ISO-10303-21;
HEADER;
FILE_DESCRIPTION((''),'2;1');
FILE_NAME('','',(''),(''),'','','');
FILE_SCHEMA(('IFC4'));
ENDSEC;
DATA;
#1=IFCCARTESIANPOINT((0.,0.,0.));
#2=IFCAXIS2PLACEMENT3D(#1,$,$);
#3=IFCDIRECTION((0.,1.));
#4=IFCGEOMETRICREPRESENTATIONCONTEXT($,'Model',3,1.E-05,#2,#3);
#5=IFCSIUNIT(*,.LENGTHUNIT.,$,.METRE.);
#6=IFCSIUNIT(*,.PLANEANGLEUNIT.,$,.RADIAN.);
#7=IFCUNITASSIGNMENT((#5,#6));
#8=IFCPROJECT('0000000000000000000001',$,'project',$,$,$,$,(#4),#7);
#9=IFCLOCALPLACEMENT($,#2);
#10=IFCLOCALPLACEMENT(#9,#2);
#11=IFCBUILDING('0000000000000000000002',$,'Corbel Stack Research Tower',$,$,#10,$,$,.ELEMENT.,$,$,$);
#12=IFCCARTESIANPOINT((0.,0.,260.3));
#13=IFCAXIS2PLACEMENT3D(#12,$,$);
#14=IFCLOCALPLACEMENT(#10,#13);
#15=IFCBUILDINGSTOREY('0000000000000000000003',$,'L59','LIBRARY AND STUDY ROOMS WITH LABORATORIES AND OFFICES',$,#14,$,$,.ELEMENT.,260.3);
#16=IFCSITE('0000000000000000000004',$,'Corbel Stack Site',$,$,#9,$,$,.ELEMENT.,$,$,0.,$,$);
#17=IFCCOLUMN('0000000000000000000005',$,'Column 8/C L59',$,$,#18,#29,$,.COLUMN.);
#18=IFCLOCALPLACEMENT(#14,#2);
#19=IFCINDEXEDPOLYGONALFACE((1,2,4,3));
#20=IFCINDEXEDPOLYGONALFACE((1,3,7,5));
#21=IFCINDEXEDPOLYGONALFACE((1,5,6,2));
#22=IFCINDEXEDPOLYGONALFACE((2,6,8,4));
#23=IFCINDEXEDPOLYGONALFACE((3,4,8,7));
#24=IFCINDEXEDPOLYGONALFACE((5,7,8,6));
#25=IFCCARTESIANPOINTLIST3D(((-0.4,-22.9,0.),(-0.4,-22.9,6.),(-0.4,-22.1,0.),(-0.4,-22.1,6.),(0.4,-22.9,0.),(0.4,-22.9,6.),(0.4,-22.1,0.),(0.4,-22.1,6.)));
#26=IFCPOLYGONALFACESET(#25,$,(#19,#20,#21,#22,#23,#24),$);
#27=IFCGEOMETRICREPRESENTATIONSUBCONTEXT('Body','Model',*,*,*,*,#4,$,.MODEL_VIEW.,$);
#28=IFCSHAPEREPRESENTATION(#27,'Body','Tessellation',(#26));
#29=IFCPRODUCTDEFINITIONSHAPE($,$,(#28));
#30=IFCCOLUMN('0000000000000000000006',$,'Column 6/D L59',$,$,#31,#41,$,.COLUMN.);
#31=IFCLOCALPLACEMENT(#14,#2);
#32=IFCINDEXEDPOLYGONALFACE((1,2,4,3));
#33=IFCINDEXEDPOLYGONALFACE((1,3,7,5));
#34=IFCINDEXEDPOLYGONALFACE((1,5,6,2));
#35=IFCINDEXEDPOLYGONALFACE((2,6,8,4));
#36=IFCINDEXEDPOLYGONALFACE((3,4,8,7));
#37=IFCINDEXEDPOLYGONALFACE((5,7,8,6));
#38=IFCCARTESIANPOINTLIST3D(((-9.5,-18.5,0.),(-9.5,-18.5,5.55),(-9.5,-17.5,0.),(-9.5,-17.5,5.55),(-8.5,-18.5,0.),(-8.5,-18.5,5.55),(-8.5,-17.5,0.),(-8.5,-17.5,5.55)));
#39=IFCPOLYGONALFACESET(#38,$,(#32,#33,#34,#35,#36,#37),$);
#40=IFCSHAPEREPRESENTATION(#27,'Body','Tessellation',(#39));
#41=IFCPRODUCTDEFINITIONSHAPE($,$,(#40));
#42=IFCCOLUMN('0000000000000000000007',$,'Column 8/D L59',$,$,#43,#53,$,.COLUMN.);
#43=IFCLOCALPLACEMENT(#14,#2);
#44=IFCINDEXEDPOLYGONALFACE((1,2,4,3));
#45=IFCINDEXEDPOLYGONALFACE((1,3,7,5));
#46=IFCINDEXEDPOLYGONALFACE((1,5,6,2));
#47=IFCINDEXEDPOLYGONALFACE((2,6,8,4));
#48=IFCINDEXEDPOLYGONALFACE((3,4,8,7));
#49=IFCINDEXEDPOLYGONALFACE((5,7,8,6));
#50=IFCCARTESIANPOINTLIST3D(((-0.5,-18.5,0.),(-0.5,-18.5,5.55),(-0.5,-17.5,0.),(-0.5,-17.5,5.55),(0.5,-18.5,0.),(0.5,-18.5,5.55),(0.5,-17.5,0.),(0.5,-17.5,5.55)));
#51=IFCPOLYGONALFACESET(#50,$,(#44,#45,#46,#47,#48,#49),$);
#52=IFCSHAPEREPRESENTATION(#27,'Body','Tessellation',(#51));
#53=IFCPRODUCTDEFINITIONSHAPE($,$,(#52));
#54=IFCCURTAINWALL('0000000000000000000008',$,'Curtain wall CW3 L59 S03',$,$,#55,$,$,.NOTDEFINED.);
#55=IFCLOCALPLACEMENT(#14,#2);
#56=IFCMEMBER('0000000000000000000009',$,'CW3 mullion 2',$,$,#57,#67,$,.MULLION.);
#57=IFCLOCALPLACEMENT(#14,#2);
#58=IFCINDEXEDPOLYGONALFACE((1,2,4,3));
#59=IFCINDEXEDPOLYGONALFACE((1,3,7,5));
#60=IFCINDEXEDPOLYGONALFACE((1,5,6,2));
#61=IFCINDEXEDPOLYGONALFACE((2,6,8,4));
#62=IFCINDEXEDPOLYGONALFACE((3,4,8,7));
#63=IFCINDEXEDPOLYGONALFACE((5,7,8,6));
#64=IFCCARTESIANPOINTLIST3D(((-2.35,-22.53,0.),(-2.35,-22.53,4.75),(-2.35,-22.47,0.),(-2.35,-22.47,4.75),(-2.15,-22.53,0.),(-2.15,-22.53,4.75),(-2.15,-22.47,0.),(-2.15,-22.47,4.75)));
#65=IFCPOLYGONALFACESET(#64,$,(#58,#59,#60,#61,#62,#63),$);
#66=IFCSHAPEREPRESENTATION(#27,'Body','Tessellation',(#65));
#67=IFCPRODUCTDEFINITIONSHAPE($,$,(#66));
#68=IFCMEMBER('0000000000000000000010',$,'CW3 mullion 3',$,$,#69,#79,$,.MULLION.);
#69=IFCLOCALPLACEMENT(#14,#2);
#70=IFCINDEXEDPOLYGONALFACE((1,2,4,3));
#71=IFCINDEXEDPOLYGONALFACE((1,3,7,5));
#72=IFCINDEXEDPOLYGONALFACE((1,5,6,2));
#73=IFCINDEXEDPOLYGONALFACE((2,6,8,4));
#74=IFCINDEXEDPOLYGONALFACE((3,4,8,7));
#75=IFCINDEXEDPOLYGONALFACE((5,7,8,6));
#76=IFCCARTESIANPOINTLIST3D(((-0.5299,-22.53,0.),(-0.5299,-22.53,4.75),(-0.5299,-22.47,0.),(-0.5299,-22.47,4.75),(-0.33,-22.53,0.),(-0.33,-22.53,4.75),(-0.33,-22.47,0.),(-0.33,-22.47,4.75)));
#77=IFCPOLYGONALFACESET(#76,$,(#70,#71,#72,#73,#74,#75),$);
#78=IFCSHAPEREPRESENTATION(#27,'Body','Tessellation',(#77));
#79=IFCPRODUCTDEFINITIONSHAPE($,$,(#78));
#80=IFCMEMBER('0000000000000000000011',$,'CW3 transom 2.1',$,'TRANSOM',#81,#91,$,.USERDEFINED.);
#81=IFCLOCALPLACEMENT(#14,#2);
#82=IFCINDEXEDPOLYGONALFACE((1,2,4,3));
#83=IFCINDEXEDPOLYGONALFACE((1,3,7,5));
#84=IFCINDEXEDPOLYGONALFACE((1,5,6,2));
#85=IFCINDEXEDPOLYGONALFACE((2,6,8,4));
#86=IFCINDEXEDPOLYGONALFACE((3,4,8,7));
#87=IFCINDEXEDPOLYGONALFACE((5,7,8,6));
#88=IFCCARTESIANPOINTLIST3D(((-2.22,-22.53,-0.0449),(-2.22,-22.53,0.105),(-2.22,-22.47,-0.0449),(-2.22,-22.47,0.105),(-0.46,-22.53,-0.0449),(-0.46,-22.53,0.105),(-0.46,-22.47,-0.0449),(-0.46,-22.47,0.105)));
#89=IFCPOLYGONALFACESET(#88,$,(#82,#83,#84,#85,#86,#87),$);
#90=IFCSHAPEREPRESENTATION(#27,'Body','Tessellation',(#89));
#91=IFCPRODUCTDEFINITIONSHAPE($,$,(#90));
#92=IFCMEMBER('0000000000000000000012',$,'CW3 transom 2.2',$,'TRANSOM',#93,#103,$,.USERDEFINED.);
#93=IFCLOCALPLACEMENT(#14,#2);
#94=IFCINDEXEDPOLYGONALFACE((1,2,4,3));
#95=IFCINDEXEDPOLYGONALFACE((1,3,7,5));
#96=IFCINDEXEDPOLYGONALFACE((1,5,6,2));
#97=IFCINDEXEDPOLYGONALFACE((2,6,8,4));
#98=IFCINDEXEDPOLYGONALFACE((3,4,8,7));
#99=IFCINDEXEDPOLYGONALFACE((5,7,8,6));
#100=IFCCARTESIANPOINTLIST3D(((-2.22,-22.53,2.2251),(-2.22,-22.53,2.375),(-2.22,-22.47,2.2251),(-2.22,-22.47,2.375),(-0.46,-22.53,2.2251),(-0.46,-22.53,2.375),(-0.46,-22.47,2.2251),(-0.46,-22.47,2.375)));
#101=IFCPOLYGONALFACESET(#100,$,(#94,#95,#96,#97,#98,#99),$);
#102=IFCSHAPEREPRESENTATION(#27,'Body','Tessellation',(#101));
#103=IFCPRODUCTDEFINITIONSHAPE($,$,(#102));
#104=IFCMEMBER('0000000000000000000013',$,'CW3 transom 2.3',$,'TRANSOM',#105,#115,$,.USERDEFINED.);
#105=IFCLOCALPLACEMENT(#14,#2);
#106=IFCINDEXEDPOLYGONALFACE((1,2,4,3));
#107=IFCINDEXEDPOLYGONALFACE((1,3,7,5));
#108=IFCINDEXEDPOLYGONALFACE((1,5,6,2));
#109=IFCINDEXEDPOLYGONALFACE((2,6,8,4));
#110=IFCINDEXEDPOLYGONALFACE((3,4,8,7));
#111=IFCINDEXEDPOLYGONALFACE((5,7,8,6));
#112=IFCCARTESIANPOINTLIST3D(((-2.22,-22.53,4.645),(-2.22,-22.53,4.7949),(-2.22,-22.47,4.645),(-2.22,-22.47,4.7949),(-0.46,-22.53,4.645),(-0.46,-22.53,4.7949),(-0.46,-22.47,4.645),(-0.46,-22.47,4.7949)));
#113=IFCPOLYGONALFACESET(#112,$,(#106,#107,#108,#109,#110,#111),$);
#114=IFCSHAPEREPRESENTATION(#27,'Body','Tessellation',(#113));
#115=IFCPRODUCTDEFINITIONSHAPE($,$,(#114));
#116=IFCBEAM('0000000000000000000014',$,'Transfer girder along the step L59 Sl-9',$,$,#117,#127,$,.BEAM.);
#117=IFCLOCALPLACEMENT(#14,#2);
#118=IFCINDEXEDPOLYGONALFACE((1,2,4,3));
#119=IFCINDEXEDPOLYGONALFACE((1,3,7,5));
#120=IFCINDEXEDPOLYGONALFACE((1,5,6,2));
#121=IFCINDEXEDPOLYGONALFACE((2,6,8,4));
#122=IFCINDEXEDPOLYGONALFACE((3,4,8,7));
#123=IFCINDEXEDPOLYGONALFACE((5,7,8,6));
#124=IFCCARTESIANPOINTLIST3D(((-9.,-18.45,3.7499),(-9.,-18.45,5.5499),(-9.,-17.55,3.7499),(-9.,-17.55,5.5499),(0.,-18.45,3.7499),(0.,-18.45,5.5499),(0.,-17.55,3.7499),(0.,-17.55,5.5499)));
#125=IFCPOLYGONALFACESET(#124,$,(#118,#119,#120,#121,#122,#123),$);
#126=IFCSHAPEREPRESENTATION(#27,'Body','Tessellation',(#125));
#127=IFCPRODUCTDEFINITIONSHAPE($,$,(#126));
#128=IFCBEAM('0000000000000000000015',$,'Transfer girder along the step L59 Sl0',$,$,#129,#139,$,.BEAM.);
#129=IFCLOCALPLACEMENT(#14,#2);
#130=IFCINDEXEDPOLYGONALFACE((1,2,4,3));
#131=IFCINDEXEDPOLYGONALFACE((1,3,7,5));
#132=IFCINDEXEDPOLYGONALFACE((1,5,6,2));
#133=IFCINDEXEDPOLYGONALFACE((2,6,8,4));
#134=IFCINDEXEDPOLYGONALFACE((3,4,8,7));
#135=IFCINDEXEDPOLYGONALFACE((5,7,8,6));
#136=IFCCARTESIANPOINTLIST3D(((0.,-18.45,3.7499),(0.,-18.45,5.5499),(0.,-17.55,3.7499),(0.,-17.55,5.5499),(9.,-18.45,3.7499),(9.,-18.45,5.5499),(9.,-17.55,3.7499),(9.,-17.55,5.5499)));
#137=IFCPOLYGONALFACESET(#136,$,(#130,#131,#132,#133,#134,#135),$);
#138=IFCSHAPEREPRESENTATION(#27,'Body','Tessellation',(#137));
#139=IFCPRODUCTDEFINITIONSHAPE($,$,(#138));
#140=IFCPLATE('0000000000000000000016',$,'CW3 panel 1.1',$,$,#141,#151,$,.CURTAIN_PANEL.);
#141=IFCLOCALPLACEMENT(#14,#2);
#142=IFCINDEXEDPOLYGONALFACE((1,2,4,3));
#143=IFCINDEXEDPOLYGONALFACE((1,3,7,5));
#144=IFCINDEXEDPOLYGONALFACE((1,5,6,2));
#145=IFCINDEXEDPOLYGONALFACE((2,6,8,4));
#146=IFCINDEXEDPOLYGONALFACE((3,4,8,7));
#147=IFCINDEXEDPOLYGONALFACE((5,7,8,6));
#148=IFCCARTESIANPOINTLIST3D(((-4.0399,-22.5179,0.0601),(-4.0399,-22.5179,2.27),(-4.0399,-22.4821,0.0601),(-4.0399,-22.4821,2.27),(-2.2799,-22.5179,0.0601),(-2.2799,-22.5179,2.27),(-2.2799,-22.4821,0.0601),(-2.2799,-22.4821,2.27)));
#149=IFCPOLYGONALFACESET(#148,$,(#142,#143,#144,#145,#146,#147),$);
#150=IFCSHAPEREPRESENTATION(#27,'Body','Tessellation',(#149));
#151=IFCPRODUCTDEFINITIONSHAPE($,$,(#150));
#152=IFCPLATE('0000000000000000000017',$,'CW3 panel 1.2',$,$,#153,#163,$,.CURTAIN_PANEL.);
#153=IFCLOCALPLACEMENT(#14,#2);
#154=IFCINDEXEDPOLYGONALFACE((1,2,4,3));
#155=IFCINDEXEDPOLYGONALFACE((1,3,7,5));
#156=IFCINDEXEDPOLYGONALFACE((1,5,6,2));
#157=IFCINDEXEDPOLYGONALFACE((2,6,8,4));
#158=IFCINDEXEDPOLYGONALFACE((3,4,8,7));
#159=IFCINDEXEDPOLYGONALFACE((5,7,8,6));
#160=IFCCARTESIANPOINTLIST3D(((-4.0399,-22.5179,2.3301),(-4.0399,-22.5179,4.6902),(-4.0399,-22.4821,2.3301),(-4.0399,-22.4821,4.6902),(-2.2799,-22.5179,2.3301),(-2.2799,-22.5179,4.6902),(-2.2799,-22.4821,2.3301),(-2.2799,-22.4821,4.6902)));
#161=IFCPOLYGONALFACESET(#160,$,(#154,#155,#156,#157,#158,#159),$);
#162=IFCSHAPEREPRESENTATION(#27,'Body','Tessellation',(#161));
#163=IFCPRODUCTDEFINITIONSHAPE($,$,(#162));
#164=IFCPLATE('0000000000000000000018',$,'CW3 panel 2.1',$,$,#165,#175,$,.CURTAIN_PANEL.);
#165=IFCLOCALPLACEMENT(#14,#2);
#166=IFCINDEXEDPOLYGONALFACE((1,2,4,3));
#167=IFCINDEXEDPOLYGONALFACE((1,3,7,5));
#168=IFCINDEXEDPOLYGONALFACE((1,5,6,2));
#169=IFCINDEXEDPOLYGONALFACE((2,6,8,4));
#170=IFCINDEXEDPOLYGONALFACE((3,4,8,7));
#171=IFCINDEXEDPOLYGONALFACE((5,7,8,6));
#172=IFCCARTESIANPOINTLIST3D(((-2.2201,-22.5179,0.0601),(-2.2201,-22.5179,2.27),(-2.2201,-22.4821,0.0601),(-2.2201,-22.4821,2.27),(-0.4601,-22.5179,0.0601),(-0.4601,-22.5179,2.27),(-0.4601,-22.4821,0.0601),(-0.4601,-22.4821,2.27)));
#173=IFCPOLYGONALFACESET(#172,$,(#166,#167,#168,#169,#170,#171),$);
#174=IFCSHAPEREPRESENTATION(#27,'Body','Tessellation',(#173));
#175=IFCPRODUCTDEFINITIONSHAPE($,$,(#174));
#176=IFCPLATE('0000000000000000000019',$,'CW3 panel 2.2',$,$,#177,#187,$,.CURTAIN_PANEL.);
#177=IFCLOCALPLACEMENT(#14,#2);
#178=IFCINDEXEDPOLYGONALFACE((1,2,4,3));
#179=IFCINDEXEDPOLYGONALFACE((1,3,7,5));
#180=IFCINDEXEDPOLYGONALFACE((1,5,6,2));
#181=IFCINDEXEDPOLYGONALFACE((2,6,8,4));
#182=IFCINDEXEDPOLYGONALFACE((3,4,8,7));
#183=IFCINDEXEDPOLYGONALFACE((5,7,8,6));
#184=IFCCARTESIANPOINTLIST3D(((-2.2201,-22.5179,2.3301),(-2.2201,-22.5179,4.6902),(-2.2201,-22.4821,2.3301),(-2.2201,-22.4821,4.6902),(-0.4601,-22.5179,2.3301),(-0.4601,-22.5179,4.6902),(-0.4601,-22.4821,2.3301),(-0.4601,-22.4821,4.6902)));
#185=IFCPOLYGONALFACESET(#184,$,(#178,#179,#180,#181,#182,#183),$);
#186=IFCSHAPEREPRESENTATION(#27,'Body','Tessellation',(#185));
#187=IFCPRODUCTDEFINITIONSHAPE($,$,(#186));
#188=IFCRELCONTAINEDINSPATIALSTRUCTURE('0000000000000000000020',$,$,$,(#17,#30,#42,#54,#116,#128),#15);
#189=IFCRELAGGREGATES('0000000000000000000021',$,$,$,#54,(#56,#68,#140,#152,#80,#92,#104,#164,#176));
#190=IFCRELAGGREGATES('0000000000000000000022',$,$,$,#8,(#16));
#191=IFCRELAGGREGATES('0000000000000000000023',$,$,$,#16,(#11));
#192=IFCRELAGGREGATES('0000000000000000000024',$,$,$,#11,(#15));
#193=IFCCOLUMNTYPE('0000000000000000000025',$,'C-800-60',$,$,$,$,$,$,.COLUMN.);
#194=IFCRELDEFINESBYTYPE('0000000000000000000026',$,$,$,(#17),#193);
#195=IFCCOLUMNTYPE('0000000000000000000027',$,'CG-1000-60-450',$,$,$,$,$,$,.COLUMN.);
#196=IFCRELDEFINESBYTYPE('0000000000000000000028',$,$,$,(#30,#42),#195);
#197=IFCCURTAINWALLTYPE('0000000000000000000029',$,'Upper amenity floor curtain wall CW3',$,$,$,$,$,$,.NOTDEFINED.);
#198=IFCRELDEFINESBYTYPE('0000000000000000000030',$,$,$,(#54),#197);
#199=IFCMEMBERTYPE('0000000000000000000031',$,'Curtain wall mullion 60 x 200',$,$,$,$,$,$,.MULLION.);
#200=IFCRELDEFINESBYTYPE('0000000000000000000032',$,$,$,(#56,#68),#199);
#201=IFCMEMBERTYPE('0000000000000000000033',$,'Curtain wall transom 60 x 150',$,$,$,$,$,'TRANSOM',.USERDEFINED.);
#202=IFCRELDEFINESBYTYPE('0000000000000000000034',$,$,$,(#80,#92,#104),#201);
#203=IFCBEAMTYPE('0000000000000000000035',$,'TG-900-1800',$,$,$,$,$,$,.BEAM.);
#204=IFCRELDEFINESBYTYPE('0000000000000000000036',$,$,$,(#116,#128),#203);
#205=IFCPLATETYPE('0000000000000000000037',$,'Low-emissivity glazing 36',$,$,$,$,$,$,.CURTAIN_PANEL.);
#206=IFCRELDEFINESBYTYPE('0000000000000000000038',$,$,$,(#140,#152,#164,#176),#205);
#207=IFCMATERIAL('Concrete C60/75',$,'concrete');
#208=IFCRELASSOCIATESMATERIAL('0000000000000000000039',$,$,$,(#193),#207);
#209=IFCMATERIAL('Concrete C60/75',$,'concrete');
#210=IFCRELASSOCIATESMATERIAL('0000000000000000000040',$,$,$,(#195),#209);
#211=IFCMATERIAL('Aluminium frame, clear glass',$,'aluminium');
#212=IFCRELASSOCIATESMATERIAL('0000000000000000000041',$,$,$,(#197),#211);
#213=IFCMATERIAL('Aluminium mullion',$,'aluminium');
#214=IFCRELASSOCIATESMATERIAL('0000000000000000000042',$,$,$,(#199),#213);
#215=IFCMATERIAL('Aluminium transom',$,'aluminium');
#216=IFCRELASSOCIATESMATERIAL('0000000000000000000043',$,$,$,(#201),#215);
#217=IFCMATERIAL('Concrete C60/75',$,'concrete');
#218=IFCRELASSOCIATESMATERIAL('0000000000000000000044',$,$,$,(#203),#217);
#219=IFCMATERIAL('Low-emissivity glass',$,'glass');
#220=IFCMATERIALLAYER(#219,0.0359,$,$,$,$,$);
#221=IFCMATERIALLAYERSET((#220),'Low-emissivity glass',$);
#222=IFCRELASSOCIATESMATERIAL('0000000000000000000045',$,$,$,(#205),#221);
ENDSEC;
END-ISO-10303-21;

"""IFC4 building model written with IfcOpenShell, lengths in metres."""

from ifc_helpers import new_model, si_unit, direction, frame, origin, origin_2d, place, context, subcontext, project, spatial, rectangle, extrude, material, layer, layer_set, material_profile, profile_set, type_object, element, aggregate, save


model = new_model("IFC4")

# Units and contexts
model_context = context("Model", 3, precision=1e-05, world=origin(), true_north=direction((0.0, 1.0)))
body_context = subcontext(model_context, "Body", "Model", "MODEL_VIEW")
ifc_project = project(units=[si_unit("LENGTHUNIT", "METRE"), si_unit("PLANEANGLEUNIT", "RADIAN")], contexts=[model_context])

# Site, building, storey
site_placement = place(None, origin())
site = spatial("IfcSite", under=ifc_project, at=site_placement, Name="Corbel Stack Site", CompositionType="ELEMENT", RefElevation=0.0)
building_placement = place(site_placement, origin())
building = spatial("IfcBuilding", under=site, at=building_placement, Name="Corbel Stack Research Tower", CompositionType="ELEMENT")
storey_placement = place(building_placement, frame((0.0, 0.0, 260.3)))
storey = spatial("IfcBuildingStorey", under=building, at=storey_placement, Name="L59", Description="LIBRARY AND STUDY ROOMS WITH LABORATORIES AND OFFICES", CompositionType="ELEMENT", Elevation=260.3)

# Columns
ifc_material_1 = material(Name="Concrete C60/75", Category="concrete")
ifc_material_profile_1 = material_profile(ifc_material_1, rectangle(XDim=0.8, YDim=0.8, at=origin_2d()), Name="RC 800 x 800")
ifc_profile_set_1 = profile_set([ifc_material_profile_1], Name="Concrete C60/75")
column_type_1 = type_object("IfcColumnType", Name="C-800-60", PredefinedType="COLUMN", material=ifc_profile_set_1)
column_placement = place(storey_placement, frame((0.0, -22.5, 0.0), z_axis=(0.0, 0.0, 1.0), x_axis=(1.0, 0.0, 0.0)))
element("IfcColumn", 1, at=column_placement, inside=storey, type_object=column_type_1, Name="Column 8/C L59", PredefinedType="COLUMN", context=body_context, shape_type="SweptSolid", body=[
    extrude(rectangle(XDim=0.8, YDim=0.8, at=origin_2d()), origin(), (0.0, 0.0, 1.0), 6.0),
])
ifc_material_2 = material(Name="Concrete C60/75", Category="concrete")
ifc_material_profile_2 = material_profile(ifc_material_2, rectangle(XDim=1.0, YDim=1.0, at=origin_2d()), Name="RC 1000 x 1000")
ifc_profile_set_2 = profile_set([ifc_material_profile_2], Name="Concrete C60/75")
column_type_2 = type_object("IfcColumnType", Name="CG-1000-60-450", PredefinedType="COLUMN", material=ifc_profile_set_2)
for number, where, z_axis, x_axis, name in (
    (2, (-9.0, -18.0, 0.0), (0.0, 0.0, 1.0), (1.0, 0.0, 0.0), "Column 6/D L59"),
    (3, (0.0, -18.0, 0.0), (0.0, 0.0, 1.0), (1.0, 0.0, 0.0), "Column 8/D L59"),
):
    element("IfcColumn", number, at=place(storey_placement, frame(where, z_axis=z_axis, x_axis=x_axis)), inside=storey, type_object=column_type_2, Name=name, PredefinedType="COLUMN", context=body_context, shape_type="SweptSolid", body=[
        extrude(rectangle(XDim=1.0, YDim=1.0, at=origin_2d()), origin(), (0.0, 0.0, 1.0), 5.55),
    ])

# Curtain wall, members
ifc_material_3 = material(Name="Aluminium frame, clear glass", Category="aluminium")
curtain_wall_type = type_object("IfcCurtainWallType", Name="Upper amenity floor curtain wall CW3", PredefinedType="NOTDEFINED", material=ifc_material_3)
curtain_wall_placement = place(storey_placement, origin())
curtain_wall = element("IfcCurtainWall", 4, at=curtain_wall_placement, inside=storey, type_object=curtain_wall_type, Name="Curtain wall CW3 L59 S03", PredefinedType="NOTDEFINED")
ifc_material_4 = material(Name="Aluminium mullion", Category="aluminium")
ifc_material_profile_3 = material_profile(ifc_material_4, rectangle(XDim=0.0601, YDim=0.2, at=origin_2d()), Name="Mullion 60 x 200")
ifc_profile_set_3 = profile_set([ifc_material_profile_3], Name="Aluminium mullion")
member_type_1 = type_object("IfcMemberType", Name="Curtain wall mullion 60 x 200", PredefinedType="MULLION", material=ifc_profile_set_3)
member_1_placement = place(storey_placement, frame((-2.25, -22.5, 0.0), z_axis=(0.0, 0.0, 1.0), x_axis=(0.0, 1.0, 0.0)))
member_1 = element("IfcMember", 5, at=member_1_placement, type_object=member_type_1, Name="CW3 mullion 2", PredefinedType="MULLION", context=body_context, shape_type="SweptSolid", body=[
    extrude(rectangle(XDim=0.0601, YDim=0.2, at=origin_2d()), origin(), (0.0, 0.0, 1.0), 4.75),
])
member_2_placement = place(storey_placement, frame((-0.4299, -22.5, 0.0), z_axis=(0.0, 0.0, 1.0), x_axis=(0.0, 1.0, 0.0)))
member_2 = element("IfcMember", 6, at=member_2_placement, type_object=member_type_1, Name="CW3 mullion 3", PredefinedType="MULLION", context=body_context, shape_type="SweptSolid", body=[
    extrude(rectangle(XDim=0.0601, YDim=0.2, at=origin_2d()), origin(), (0.0, 0.0, 1.0), 4.75),
])
ifc_material_5 = material(Name="Aluminium transom", Category="aluminium")
ifc_material_profile_4 = material_profile(ifc_material_5, rectangle(XDim=0.0601, YDim=0.1499, at=origin_2d()), Name="Transom 60 x 150")
ifc_profile_set_4 = profile_set([ifc_material_profile_4], Name="Aluminium transom")
member_type_2 = type_object("IfcMemberType", Name="Curtain wall transom 60 x 150", ElementType="TRANSOM", PredefinedType="USERDEFINED", material=ifc_profile_set_4)
member_3_placement = place(storey_placement, frame((-2.22, -22.5, 0.03), z_axis=(1.0, 0.0, 0.0), x_axis=(0.0, 1.0, 0.0)))
member_3 = element("IfcMember", 7, at=member_3_placement, type_object=member_type_2, Name="CW3 transom 2.1", ObjectType="TRANSOM", PredefinedType="USERDEFINED", context=body_context, shape_type="SweptSolid", body=[
    extrude(rectangle(XDim=0.0601, YDim=0.1499, at=origin_2d()), origin(), (0.0, 0.0, 1.0), 1.76),
])
member_4_placement = place(storey_placement, frame((-2.22, -22.5, 2.3), z_axis=(1.0, 0.0, 0.0), x_axis=(0.0, 1.0, 0.0)))
member_4 = element("IfcMember", 8, at=member_4_placement, type_object=member_type_2, Name="CW3 transom 2.2", ObjectType="TRANSOM", PredefinedType="USERDEFINED", context=body_context, shape_type="SweptSolid", body=[
    extrude(rectangle(XDim=0.0601, YDim=0.1499, at=origin_2d()), origin(), (0.0, 0.0, 1.0), 1.76),
])
member_5_placement = place(storey_placement, frame((-2.22, -22.5, 4.72), z_axis=(1.0, 0.0, 0.0), x_axis=(0.0, 1.0, 0.0)))
member_5 = element("IfcMember", 9, at=member_5_placement, type_object=member_type_2, Name="CW3 transom 2.3", ObjectType="TRANSOM", PredefinedType="USERDEFINED", context=body_context, shape_type="SweptSolid", body=[
    extrude(rectangle(XDim=0.0601, YDim=0.1499, at=origin_2d()), origin(), (0.0, 0.0, 1.0), 1.76),
])

# Beams
ifc_material_6 = material(Name="Concrete C60/75", Category="concrete")
ifc_material_profile_5 = material_profile(ifc_material_6, rectangle(XDim=0.8999, YDim=1.8, at=origin_2d()), Name="RC 900 x 1800")
ifc_profile_set_5 = profile_set([ifc_material_profile_5], Name="Concrete C60/75")
beam_type = type_object("IfcBeamType", Name="TG-900-1800", PredefinedType="BEAM", material=ifc_profile_set_5)
for number, where, z_axis, x_axis, name in (
    (10, (-9.0, -18.0, 4.6499), (1.0, 0.0, 0.0), (0.0, 1.0, 0.0), "Transfer girder along the step L59 Sl-9"),
    (11, (0.0, -18.0, 4.6499), (1.0, 0.0, 0.0), (0.0, 1.0, 0.0), "Transfer girder along the step L59 Sl0"),
):
    element("IfcBeam", number, at=place(storey_placement, frame(where, z_axis=z_axis, x_axis=x_axis)), inside=storey, type_object=beam_type, Name=name, PredefinedType="BEAM", context=body_context, shape_type="SweptSolid", body=[
        extrude(rectangle(XDim=0.8999, YDim=1.8, at=origin_2d()), origin(), (0.0, 0.0, 1.0), 9.0),
    ])

# Plates
ifc_material_7 = material(Name="Low-emissivity glass", Category="glass")
ifc_layer_1 = layer(ifc_material_7, 0.0359)
ifc_layer_set_1 = layer_set([ifc_layer_1], Name="Low-emissivity glass")
plate_type = type_object("IfcPlateType", Name="Low-emissivity glazing 36", PredefinedType="CURTAIN_PANEL", material=ifc_layer_set_1)
plate_1_placement = place(storey_placement, frame((-3.1599, -22.5, 0.0601), z_axis=(0.0, 0.0, 1.0), x_axis=(1.0, 0.0, 0.0)))
plate_1 = element("IfcPlate", 12, at=plate_1_placement, type_object=plate_type, Name="CW3 panel 1.1", PredefinedType="CURTAIN_PANEL", context=body_context, shape_type="SweptSolid", body=[
    extrude(rectangle(XDim=1.76, YDim=0.0359, at=origin_2d()), origin(), (0.0, 0.0, 1.0), 2.21),
])
plate_2_placement = place(storey_placement, frame((-3.1599, -22.5, 2.3301), z_axis=(0.0, 0.0, 1.0), x_axis=(1.0, 0.0, 0.0)))
plate_2 = element("IfcPlate", 13, at=plate_2_placement, type_object=plate_type, Name="CW3 panel 1.2", PredefinedType="CURTAIN_PANEL", context=body_context, shape_type="SweptSolid", body=[
    extrude(rectangle(XDim=1.76, YDim=0.0359, at=origin_2d()), origin(), (0.0, 0.0, 1.0), 2.3601),
])
plate_3_placement = place(storey_placement, frame((-1.3401, -22.5, 0.0601), z_axis=(0.0, 0.0, 1.0), x_axis=(1.0, 0.0, 0.0)))
plate_3 = element("IfcPlate", 14, at=plate_3_placement, type_object=plate_type, Name="CW3 panel 2.1", PredefinedType="CURTAIN_PANEL", context=body_context, shape_type="SweptSolid", body=[
    extrude(rectangle(XDim=1.76, YDim=0.0359, at=origin_2d()), origin(), (0.0, 0.0, 1.0), 2.21),
])
plate_4_placement = place(storey_placement, frame((-1.3401, -22.5, 2.3301), z_axis=(0.0, 0.0, 1.0), x_axis=(1.0, 0.0, 0.0)))
plate_4 = element("IfcPlate", 15, at=plate_4_placement, type_object=plate_type, Name="CW3 panel 2.2", PredefinedType="CURTAIN_PANEL", context=body_context, shape_type="SweptSolid", body=[
    extrude(rectangle(XDim=1.76, YDim=0.0359, at=origin_2d()), origin(), (0.0, 0.0, 1.0), 2.3601),
])
aggregate(curtain_wall, [member_1, member_2, plate_1, plate_2, member_3, member_4, member_5, plate_3, plate_4])

save(model, "model.ifc")
